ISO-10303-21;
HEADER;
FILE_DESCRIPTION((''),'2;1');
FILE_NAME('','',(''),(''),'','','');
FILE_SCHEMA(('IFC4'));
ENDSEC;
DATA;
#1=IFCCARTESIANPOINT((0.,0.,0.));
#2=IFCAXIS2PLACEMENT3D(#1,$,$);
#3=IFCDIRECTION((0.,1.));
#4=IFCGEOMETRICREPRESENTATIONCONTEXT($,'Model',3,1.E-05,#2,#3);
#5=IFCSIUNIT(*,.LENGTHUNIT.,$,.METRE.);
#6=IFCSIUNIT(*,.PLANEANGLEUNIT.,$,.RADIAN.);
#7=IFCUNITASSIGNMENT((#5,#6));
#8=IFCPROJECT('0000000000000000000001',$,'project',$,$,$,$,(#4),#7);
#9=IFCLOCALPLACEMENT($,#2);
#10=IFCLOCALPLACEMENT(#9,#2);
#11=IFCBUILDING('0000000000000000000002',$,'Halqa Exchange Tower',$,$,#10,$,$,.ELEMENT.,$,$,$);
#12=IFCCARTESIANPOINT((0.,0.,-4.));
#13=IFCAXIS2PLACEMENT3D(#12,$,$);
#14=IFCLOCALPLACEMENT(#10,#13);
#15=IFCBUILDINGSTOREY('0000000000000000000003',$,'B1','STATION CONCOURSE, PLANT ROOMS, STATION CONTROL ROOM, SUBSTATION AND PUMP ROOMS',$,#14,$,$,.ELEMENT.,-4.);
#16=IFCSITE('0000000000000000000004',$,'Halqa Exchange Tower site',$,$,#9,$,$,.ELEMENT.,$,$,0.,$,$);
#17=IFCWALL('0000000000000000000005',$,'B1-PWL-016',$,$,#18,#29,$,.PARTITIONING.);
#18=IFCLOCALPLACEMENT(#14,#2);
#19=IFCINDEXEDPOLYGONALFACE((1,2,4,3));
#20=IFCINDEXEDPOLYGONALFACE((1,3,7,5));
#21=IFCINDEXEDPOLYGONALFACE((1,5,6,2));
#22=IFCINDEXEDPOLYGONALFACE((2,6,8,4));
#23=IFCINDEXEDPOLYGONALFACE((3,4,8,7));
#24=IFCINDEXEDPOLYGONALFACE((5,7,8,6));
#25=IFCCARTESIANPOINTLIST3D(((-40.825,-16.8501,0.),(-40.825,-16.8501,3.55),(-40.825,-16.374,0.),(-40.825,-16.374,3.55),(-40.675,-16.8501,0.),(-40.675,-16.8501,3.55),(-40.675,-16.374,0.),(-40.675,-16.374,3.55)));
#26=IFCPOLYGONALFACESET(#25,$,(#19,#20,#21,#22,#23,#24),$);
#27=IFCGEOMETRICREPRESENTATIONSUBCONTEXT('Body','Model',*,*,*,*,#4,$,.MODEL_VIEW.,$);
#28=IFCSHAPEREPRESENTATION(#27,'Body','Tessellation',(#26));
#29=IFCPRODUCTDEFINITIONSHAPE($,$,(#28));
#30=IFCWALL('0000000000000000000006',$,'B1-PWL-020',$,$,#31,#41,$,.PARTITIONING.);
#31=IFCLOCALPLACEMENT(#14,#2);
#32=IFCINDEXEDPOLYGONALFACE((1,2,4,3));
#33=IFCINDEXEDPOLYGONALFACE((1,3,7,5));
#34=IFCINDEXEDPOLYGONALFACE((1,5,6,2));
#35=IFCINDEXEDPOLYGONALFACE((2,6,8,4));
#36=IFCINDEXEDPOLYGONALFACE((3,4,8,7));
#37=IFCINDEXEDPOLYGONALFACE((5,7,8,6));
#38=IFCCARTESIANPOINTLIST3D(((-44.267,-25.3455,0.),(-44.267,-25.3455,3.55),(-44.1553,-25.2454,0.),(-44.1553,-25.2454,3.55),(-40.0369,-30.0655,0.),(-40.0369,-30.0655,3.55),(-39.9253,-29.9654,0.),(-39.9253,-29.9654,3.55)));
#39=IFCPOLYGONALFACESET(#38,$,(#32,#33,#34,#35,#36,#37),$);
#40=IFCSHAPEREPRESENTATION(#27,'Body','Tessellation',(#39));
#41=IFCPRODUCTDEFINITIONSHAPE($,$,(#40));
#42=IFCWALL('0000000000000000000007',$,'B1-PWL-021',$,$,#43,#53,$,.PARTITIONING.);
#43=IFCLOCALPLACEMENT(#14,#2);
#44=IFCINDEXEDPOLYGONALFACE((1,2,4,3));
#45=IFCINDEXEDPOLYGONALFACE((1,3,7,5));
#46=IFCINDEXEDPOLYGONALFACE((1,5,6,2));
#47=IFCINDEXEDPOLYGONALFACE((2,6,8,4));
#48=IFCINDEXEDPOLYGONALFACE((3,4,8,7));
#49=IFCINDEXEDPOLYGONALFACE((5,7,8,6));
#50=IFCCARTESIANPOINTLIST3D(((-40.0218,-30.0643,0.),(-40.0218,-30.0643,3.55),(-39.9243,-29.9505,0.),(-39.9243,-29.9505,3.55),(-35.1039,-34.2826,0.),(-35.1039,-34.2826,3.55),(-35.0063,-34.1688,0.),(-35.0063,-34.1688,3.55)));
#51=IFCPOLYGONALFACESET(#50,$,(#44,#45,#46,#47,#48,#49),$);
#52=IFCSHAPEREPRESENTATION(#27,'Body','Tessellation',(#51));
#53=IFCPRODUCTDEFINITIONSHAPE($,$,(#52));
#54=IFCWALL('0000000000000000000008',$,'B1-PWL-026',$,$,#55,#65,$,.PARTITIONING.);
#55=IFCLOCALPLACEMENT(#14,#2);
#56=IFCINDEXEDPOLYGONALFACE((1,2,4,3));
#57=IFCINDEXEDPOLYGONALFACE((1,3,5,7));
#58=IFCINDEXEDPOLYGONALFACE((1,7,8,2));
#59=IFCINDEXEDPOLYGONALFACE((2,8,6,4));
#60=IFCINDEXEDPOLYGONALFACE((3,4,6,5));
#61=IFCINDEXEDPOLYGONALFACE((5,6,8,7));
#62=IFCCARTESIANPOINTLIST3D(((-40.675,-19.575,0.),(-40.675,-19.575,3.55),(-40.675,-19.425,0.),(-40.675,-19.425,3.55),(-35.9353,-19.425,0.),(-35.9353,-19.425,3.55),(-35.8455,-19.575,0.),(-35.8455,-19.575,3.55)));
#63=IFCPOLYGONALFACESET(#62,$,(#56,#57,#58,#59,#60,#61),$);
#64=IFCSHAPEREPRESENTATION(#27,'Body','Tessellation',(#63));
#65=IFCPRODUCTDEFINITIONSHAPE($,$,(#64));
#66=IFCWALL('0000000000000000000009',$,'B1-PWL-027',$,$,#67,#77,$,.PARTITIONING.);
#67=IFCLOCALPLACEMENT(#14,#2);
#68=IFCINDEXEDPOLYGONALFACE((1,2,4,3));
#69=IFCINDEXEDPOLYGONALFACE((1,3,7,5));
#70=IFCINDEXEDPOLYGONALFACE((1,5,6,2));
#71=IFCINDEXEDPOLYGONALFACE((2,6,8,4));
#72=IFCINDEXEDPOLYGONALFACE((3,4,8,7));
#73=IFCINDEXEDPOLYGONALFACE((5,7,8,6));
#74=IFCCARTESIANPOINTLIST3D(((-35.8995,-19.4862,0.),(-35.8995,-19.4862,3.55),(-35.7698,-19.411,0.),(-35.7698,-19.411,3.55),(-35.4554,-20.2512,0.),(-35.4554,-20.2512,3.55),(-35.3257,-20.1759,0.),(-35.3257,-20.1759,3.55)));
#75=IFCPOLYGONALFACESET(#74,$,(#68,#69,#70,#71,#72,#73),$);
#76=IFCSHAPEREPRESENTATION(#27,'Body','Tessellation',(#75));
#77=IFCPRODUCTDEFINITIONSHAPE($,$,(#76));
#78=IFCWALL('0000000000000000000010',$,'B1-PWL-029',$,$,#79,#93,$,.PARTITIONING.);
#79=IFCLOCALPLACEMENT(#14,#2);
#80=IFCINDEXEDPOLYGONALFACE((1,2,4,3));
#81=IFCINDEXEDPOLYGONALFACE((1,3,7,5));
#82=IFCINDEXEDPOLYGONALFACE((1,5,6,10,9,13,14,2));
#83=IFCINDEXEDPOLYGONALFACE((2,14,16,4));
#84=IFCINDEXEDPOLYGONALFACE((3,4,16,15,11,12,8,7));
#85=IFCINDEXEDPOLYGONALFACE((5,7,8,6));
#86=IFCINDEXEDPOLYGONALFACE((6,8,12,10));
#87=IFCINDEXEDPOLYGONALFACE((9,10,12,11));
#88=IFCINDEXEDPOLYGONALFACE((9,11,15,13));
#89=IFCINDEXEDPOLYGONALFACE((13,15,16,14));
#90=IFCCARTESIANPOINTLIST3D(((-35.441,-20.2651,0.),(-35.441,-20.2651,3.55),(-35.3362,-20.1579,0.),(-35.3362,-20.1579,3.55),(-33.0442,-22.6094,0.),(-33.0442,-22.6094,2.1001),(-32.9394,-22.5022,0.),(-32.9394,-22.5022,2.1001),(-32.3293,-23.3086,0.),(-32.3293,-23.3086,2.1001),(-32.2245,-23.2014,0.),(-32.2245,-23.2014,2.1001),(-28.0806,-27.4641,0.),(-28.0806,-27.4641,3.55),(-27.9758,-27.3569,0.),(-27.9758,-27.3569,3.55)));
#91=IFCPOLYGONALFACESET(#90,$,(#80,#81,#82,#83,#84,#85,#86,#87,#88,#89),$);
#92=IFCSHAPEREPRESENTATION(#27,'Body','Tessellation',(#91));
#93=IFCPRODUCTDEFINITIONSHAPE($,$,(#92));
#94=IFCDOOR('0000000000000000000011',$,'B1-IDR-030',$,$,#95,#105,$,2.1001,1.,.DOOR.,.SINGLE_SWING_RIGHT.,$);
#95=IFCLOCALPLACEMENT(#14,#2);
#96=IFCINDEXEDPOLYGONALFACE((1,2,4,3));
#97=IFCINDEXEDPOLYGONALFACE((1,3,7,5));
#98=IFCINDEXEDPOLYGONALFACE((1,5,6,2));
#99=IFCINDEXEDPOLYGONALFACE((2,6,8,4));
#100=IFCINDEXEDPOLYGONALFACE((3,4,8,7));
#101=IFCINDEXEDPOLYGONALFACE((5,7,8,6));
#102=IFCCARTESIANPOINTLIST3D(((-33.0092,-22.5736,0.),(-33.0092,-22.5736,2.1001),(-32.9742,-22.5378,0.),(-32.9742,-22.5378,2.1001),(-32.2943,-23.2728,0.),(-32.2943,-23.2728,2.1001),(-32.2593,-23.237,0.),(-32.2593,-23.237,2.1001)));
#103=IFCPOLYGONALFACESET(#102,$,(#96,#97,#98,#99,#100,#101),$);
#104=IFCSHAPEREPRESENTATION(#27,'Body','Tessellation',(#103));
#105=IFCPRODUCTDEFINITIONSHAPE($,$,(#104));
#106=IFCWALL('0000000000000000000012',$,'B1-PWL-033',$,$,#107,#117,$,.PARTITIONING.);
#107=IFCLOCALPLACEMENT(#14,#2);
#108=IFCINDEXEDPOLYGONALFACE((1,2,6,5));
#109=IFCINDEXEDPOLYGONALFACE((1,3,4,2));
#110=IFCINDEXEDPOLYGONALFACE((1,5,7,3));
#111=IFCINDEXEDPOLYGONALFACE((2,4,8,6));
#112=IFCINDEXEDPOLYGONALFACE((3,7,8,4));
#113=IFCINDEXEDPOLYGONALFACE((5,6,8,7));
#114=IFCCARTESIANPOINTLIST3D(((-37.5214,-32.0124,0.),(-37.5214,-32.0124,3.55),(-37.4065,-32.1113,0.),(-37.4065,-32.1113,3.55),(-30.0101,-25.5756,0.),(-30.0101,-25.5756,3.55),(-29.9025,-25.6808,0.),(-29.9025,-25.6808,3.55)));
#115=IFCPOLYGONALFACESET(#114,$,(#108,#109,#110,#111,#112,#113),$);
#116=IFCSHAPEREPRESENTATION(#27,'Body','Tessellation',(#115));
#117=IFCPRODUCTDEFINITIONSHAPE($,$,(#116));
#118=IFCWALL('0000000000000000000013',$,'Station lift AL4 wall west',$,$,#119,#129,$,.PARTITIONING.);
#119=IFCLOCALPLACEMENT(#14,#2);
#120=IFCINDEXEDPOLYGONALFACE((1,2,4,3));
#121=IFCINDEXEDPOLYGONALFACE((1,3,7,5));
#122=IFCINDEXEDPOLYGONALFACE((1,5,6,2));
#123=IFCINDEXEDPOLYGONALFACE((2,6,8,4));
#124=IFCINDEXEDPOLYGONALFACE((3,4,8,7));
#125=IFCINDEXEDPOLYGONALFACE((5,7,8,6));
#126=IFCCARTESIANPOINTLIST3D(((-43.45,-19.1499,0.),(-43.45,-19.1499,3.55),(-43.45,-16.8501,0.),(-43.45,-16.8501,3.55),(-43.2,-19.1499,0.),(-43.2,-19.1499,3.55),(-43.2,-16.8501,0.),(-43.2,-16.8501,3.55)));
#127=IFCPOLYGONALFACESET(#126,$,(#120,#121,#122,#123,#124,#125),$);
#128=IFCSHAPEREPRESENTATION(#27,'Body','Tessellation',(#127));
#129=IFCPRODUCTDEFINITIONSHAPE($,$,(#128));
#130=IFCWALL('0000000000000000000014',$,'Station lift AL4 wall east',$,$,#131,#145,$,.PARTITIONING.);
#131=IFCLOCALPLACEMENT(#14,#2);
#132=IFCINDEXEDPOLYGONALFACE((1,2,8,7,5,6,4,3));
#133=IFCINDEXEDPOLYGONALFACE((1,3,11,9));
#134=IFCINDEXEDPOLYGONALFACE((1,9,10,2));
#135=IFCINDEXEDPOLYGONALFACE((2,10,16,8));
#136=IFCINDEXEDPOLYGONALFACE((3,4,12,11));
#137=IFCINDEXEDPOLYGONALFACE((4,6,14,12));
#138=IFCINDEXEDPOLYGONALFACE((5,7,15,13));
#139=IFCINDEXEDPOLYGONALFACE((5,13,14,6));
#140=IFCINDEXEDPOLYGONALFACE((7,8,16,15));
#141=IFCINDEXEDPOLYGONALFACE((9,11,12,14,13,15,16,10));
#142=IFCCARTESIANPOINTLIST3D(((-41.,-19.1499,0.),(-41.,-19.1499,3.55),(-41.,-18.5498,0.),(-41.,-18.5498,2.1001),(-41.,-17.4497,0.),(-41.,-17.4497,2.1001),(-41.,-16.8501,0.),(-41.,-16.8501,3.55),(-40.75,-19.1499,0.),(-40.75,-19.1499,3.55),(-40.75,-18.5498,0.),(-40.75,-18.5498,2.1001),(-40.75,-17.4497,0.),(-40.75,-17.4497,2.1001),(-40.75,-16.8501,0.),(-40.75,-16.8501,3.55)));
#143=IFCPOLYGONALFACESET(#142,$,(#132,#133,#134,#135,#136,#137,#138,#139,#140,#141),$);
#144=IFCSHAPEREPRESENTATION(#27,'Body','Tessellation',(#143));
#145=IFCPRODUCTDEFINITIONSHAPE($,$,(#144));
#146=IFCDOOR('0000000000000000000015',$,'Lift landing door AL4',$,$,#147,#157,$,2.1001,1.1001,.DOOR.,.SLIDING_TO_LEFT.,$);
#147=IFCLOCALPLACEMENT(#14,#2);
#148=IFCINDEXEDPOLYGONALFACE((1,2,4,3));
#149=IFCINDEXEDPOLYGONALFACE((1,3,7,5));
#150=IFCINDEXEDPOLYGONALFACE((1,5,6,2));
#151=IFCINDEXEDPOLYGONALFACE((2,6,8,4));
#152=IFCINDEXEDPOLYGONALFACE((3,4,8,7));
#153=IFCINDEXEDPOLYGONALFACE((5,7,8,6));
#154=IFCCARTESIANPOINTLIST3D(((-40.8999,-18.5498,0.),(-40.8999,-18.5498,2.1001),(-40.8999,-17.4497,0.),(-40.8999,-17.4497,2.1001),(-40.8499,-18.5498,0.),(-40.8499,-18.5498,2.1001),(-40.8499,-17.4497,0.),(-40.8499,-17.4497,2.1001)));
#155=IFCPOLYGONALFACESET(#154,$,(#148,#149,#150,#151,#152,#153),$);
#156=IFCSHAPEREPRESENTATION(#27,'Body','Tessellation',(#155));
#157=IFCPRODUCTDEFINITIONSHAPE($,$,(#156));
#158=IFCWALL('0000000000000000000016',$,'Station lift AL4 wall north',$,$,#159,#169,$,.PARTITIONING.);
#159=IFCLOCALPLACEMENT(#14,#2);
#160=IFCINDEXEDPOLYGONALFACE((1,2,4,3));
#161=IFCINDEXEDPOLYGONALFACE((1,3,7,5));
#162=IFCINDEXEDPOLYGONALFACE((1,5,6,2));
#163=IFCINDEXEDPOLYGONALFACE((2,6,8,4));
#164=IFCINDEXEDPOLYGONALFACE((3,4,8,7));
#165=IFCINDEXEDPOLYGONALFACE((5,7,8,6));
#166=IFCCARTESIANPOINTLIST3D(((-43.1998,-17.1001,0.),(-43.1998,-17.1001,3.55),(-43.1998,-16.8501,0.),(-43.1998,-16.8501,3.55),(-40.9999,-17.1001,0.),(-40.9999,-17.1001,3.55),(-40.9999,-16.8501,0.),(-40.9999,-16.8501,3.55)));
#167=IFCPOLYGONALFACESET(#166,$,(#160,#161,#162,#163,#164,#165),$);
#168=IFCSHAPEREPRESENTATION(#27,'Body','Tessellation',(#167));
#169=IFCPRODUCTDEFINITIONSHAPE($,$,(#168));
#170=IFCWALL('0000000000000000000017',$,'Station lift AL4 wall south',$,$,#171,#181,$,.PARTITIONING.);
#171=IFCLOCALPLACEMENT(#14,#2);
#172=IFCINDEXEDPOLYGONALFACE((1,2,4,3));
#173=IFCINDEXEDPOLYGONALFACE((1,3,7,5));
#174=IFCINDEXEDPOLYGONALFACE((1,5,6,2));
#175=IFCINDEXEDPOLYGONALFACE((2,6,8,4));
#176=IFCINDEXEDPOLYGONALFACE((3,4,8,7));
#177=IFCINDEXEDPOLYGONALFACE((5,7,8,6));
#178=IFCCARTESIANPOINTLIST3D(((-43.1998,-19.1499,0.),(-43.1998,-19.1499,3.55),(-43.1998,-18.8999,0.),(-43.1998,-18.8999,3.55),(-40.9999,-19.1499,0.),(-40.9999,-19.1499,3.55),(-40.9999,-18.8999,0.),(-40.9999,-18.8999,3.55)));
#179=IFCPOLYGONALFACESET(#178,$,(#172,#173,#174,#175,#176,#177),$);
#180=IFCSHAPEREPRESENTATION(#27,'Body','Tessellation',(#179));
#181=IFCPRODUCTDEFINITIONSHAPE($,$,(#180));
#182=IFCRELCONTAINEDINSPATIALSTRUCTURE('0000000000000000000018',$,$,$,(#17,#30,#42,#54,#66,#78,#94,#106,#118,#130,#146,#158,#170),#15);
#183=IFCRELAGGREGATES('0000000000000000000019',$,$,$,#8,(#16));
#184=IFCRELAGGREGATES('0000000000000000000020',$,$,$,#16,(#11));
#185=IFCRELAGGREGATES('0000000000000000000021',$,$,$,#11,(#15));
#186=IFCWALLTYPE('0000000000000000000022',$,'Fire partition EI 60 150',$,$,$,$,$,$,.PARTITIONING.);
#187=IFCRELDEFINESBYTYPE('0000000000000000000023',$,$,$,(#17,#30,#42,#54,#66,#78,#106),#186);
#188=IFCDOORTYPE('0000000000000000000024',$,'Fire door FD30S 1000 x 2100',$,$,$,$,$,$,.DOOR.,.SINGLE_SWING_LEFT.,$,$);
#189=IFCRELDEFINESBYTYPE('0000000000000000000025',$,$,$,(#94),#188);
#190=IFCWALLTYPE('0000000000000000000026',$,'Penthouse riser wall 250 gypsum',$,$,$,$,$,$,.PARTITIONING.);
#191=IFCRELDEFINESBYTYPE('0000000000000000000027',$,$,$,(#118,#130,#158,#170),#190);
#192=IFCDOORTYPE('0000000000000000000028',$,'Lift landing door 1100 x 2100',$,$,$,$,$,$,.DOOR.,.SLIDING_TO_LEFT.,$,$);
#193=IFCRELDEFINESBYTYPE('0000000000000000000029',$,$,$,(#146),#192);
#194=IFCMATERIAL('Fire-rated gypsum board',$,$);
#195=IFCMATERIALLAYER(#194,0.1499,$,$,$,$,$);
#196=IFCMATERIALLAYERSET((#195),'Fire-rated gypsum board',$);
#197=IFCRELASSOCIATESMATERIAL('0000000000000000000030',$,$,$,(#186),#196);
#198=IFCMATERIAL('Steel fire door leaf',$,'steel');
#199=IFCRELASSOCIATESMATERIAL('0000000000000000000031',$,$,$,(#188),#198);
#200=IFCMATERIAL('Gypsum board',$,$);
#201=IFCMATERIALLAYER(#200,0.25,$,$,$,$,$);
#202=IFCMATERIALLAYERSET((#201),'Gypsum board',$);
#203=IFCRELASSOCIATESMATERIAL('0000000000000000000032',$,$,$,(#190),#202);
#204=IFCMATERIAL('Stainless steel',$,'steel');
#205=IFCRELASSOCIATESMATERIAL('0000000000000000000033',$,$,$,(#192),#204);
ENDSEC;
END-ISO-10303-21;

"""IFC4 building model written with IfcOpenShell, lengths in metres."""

from ifc_helpers import new_model, si_unit, direction, frame, frame_2d, origin, place, context, subcontext, project, spatial, polyline, rectangle, outline, extrude, material, layer, layer_set, type_object, element, fill, save


model = new_model("IFC4")

# Units and contexts
model_context = context("Model", 3, precision=1e-05, world=origin(), true_north=direction((0.0, 1.0)))
body_context = subcontext(model_context, "Body", "Model", "MODEL_VIEW")
ifc_project = project(units=[si_unit("LENGTHUNIT", "METRE"), si_unit("PLANEANGLEUNIT", "RADIAN")], contexts=[model_context])

# Site, building, storey
site_placement = place(None, origin())
site = spatial("IfcSite", under=ifc_project, at=site_placement, Name="Halqa Exchange Tower site", CompositionType="ELEMENT", RefElevation=0.0)
building_placement = place(site_placement, origin())
building = spatial("IfcBuilding", under=site, at=building_placement, Name="Halqa Exchange Tower", CompositionType="ELEMENT")
storey_placement = place(building_placement, frame((0.0, 0.0, -4.0)))
storey = spatial("IfcBuildingStorey", under=building, at=storey_placement, Name="B1", Description="STATION CONCOURSE, PLANT ROOMS, STATION CONTROL ROOM, SUBSTATION AND PUMP ROOMS", CompositionType="ELEMENT", Elevation=-4.0)

# Walls
ifc_material_1 = material(Name="Fire-rated gypsum board")
ifc_layer_1 = layer(ifc_material_1, 0.1499)
ifc_layer_set_1 = layer_set([ifc_layer_1], Name="Fire-rated gypsum board")
wall_type_1 = type_object("IfcWallType", Name="Fire partition EI 60 150", PredefinedType="PARTITIONING", material=ifc_layer_set_1)
wall_1_placement = place(storey_placement, frame((-40.75, -16.8501, 0.0), z_axis=(0.0, 0.0, 1.0), x_axis=(0.0, 1.0, 0.0)))
element("IfcWall", 1, at=wall_1_placement, inside=storey, type_object=wall_type_1, Name="B1-PWL-016", PredefinedType="PARTITIONING", context=body_context, shape_type="SweptSolid", body=[
    extrude(rectangle(XDim=0.4761, YDim=0.1499, at=frame_2d((0.238, 0.0))), origin(), (0.0, 0.0, 1.0), 3.55),
])
wall_2_placement = place(storey_placement, frame((-39.9812, -30.0154, 0.0), z_axis=(0.0, 0.0, 1.0), x_axis=(-0.667395, 0.744704, 0.0)))
element("IfcWall", 2, at=wall_2_placement, inside=storey, type_object=wall_type_1, Name="B1-PWL-020", PredefinedType="PARTITIONING", context=body_context, shape_type="SweptSolid", body=[
    extrude(rectangle(XDim=6.3381, YDim=0.1499, at=frame_2d((3.1689, 0.0))), origin(), (0.0, 0.0, 1.0), 3.55),
])
wall_3_placement = place(storey_placement, frame((-39.9731, -30.0073, 0.0), z_axis=(0.0, 0.0, 1.0), x_axis=(0.759038, -0.651046, 0.0)))
element("IfcWall", 3, at=wall_3_placement, inside=storey, type_object=wall_type_1, Name="B1-PWL-021", PredefinedType="PARTITIONING", context=body_context, shape_type="SweptSolid", body=[
    extrude(rectangle(XDim=6.4792, YDim=0.1499, at=frame_2d((3.2397, 0.0))), origin(), (0.0, 0.0, 1.0), 3.55),
])
wall_4_placement = place(storey_placement, frame((-35.8904, -19.5, 0.0), z_axis=(0.0, 0.0, 1.0), x_axis=(-1.0, 0.0, 0.0)))
element("IfcWall", 4, at=wall_4_placement, inside=storey, type_object=wall_type_1, Name="B1-PWL-026", PredefinedType="PARTITIONING", context=body_context, shape_type="SweptSolid", body=[
    extrude(outline(polyline([(0.0449, -0.075), (4.7847, -0.075), (4.7847, 0.075), (-0.0449, 0.075), (0.0449, -0.075)])), origin(), (0.0, 0.0, 1.0), 3.55),
])
wall_5_placement = place(storey_placement, frame((-35.8347, -19.4485, 0.0), z_axis=(0.0, 0.0, 1.0), x_axis=(0.502102, -0.864808, 0.0)))
element("IfcWall", 5, at=wall_5_placement, inside=storey, type_object=wall_type_1, Name="B1-PWL-027", PredefinedType="PARTITIONING", context=body_context, shape_type="SweptSolid", body=[
    extrude(rectangle(XDim=0.8845, YDim=0.1499, at=frame_2d((0.4424, 0.0))), origin(), (0.0, 0.0, 1.0), 3.55),
])

# Wall, opening, door
wall_6_placement = place(storey_placement, frame((-35.3887, -20.2114, 0.0), z_axis=(0.0, 0.0, 1.0), x_axis=(0.714901, -0.699226, 0.0)))
wall_6 = element("IfcWall", 6, at=wall_6_placement, inside=storey, type_object=wall_type_1, Name="B1-PWL-029", PredefinedType="PARTITIONING", context=body_context, shape_type="SweptSolid", body=[
    extrude(rectangle(XDim=10.2957, YDim=0.1499, at=frame_2d((5.1479, 0.0))), origin(), (0.0, 0.0, 1.0), 3.55),
])
opening_1_placement = place(wall_6_placement, frame((3.3528, 0.0, 0.0)))
opening_1 = element("IfcOpeningElement", 7, at=opening_1_placement, cuts=wall_6, PredefinedType="OPENING", context=body_context, shape_type="SweptSolid", body=[
    extrude(rectangle(XDim=1.0, YDim=2.1001, at=frame_2d((0.5, 1.05))), frame((0.0, 0.0869, 0.0), z_axis=(0.0, -1.0, 0.0), x_axis=(1.0, 0.0, 0.0)), (0.0, 0.0, 1.0), 0.1738),
])
ifc_material_2 = material(Name="Steel fire door leaf", Category="steel")
door_type_1 = type_object("IfcDoorType", Name="Fire door FD30S 1000 x 2100", OperationType="SINGLE_SWING_LEFT", PredefinedType="DOOR", material=ifc_material_2)
door_1_placement = place(opening_1_placement, frame((1.0, 0.0, 0.0), z_axis=(0.0, 0.0, 1.0), x_axis=(-1.0, 0.0, 0.0)))
door_1 = element("IfcDoor", 8, at=door_1_placement, inside=storey, type_object=door_type_1, Name="B1-IDR-030", OperationType="SINGLE_SWING_RIGHT", OverallHeight=2.1001, OverallWidth=1.0, PredefinedType="DOOR", context=body_context, shape_type="SweptSolid", body=[
    extrude(rectangle(XDim=1.0, YDim=2.1001, at=frame_2d((0.5, 1.05))), frame((0.0, 0.0249, 0.0), z_axis=(0.0, -1.0, 0.0), x_axis=(1.0, 0.0, 0.0)), (0.0, 0.0, 1.0), 0.05),
])
fill(opening_1, door_1)

# Walls
wall_7_placement = place(storey_placement, frame((-29.9563, -25.6282, 0.0), z_axis=(0.0, 0.0, 1.0), x_axis=(-0.75933, -0.650706, 0.0)))
element("IfcWall", 9, at=wall_7_placement, inside=storey, type_object=wall_type_1, Name="B1-PWL-033", PredefinedType="PARTITIONING", context=body_context, shape_type="SweptSolid", body=[
    extrude(outline(polyline([(0.0066, -0.075), (9.8987, -0.075), (9.8757, 0.075), (-0.0066, 0.075), (0.0066, -0.075)])), origin(), (0.0, 0.0, 1.0), 3.55),
])
ifc_material_3 = material(Name="Gypsum board")
ifc_layer_2 = layer(ifc_material_3, 0.25)
ifc_layer_set_2 = layer_set([ifc_layer_2], Name="Gypsum board")
wall_type_2 = type_object("IfcWallType", Name="Penthouse riser wall 250 gypsum", PredefinedType="PARTITIONING", material=ifc_layer_set_2)
wall_8_placement = place(storey_placement, frame((-43.325, -19.1499, 0.0), z_axis=(0.0, 0.0, 1.0), x_axis=(0.0, 1.0, 0.0)))
element("IfcWall", 10, at=wall_8_placement, inside=storey, type_object=wall_type_2, Name="Station lift AL4 wall west", PredefinedType="PARTITIONING", context=body_context, shape_type="SweptSolid", body=[
    extrude(rectangle(XDim=2.2998, YDim=0.25, at=frame_2d((1.1499, 0.0))), origin(), (0.0, 0.0, 1.0), 3.55),
])

# Wall, opening, door
wall_9_placement = place(storey_placement, frame((-40.875, -19.1499, 0.0), z_axis=(0.0, 0.0, 1.0), x_axis=(0.0, 1.0, 0.0)))
wall_9 = element("IfcWall", 11, at=wall_9_placement, inside=storey, type_object=wall_type_2, Name="Station lift AL4 wall east", PredefinedType="PARTITIONING", context=body_context, shape_type="SweptSolid", body=[
    extrude(rectangle(XDim=2.2998, YDim=0.25, at=frame_2d((1.1499, 0.0))), origin(), (0.0, 0.0, 1.0), 3.55),
])
opening_2_placement = place(wall_9_placement, frame((0.6001, 0.0, 0.0)))
opening_2 = element("IfcOpeningElement", 12, at=opening_2_placement, cuts=wall_9, PredefinedType="OPENING", context=body_context, shape_type="SweptSolid", body=[
    extrude(rectangle(XDim=1.1001, YDim=2.1001, at=frame_2d((0.55, 1.05))), frame((0.0, 0.137, 0.0), z_axis=(0.0, -1.0, 0.0), x_axis=(1.0, 0.0, 0.0)), (0.0, 0.0, 1.0), 0.2739),
])
ifc_material_4 = material(Name="Stainless steel", Category="steel")
door_type_2 = type_object("IfcDoorType", Name="Lift landing door 1100 x 2100", OperationType="SLIDING_TO_LEFT", PredefinedType="DOOR", material=ifc_material_4)
door_2_placement = place(opening_2_placement, origin())
door_2 = element("IfcDoor", 13, at=door_2_placement, inside=storey, type_object=door_type_2, Name="Lift landing door AL4", OperationType="SLIDING_TO_LEFT", OverallHeight=2.1001, OverallWidth=1.1001, PredefinedType="DOOR", context=body_context, shape_type="SweptSolid", body=[
    extrude(rectangle(XDim=1.1001, YDim=2.1001, at=frame_2d((0.55, 1.05))), frame((0.0, 0.0249, 0.0), z_axis=(0.0, -1.0, 0.0), x_axis=(1.0, 0.0, 0.0)), (0.0, 0.0, 1.0), 0.05),
])
fill(opening_2, door_2)

# Walls
for number, where, z_axis, x_axis, name in (
    (14, (-43.2, -16.9751, 0.0), (0.0, 0.0, 1.0), (1.0, 0.0, 0.0), "Station lift AL4 wall north"),
    (15, (-43.2, -19.0249, 0.0), (0.0, 0.0, 1.0), (1.0, 0.0, 0.0), "Station lift AL4 wall south"),
):
    element("IfcWall", number, at=place(storey_placement, frame(where, z_axis=z_axis, x_axis=x_axis)), inside=storey, type_object=wall_type_2, Name=name, PredefinedType="PARTITIONING", context=body_context, shape_type="SweptSolid", body=[
        extrude(rectangle(XDim=2.2, YDim=0.25, at=frame_2d((1.1001, 0.0))), origin(), (0.0, 0.0, 1.0), 3.55),
    ])

save(model, "model.ifc")
